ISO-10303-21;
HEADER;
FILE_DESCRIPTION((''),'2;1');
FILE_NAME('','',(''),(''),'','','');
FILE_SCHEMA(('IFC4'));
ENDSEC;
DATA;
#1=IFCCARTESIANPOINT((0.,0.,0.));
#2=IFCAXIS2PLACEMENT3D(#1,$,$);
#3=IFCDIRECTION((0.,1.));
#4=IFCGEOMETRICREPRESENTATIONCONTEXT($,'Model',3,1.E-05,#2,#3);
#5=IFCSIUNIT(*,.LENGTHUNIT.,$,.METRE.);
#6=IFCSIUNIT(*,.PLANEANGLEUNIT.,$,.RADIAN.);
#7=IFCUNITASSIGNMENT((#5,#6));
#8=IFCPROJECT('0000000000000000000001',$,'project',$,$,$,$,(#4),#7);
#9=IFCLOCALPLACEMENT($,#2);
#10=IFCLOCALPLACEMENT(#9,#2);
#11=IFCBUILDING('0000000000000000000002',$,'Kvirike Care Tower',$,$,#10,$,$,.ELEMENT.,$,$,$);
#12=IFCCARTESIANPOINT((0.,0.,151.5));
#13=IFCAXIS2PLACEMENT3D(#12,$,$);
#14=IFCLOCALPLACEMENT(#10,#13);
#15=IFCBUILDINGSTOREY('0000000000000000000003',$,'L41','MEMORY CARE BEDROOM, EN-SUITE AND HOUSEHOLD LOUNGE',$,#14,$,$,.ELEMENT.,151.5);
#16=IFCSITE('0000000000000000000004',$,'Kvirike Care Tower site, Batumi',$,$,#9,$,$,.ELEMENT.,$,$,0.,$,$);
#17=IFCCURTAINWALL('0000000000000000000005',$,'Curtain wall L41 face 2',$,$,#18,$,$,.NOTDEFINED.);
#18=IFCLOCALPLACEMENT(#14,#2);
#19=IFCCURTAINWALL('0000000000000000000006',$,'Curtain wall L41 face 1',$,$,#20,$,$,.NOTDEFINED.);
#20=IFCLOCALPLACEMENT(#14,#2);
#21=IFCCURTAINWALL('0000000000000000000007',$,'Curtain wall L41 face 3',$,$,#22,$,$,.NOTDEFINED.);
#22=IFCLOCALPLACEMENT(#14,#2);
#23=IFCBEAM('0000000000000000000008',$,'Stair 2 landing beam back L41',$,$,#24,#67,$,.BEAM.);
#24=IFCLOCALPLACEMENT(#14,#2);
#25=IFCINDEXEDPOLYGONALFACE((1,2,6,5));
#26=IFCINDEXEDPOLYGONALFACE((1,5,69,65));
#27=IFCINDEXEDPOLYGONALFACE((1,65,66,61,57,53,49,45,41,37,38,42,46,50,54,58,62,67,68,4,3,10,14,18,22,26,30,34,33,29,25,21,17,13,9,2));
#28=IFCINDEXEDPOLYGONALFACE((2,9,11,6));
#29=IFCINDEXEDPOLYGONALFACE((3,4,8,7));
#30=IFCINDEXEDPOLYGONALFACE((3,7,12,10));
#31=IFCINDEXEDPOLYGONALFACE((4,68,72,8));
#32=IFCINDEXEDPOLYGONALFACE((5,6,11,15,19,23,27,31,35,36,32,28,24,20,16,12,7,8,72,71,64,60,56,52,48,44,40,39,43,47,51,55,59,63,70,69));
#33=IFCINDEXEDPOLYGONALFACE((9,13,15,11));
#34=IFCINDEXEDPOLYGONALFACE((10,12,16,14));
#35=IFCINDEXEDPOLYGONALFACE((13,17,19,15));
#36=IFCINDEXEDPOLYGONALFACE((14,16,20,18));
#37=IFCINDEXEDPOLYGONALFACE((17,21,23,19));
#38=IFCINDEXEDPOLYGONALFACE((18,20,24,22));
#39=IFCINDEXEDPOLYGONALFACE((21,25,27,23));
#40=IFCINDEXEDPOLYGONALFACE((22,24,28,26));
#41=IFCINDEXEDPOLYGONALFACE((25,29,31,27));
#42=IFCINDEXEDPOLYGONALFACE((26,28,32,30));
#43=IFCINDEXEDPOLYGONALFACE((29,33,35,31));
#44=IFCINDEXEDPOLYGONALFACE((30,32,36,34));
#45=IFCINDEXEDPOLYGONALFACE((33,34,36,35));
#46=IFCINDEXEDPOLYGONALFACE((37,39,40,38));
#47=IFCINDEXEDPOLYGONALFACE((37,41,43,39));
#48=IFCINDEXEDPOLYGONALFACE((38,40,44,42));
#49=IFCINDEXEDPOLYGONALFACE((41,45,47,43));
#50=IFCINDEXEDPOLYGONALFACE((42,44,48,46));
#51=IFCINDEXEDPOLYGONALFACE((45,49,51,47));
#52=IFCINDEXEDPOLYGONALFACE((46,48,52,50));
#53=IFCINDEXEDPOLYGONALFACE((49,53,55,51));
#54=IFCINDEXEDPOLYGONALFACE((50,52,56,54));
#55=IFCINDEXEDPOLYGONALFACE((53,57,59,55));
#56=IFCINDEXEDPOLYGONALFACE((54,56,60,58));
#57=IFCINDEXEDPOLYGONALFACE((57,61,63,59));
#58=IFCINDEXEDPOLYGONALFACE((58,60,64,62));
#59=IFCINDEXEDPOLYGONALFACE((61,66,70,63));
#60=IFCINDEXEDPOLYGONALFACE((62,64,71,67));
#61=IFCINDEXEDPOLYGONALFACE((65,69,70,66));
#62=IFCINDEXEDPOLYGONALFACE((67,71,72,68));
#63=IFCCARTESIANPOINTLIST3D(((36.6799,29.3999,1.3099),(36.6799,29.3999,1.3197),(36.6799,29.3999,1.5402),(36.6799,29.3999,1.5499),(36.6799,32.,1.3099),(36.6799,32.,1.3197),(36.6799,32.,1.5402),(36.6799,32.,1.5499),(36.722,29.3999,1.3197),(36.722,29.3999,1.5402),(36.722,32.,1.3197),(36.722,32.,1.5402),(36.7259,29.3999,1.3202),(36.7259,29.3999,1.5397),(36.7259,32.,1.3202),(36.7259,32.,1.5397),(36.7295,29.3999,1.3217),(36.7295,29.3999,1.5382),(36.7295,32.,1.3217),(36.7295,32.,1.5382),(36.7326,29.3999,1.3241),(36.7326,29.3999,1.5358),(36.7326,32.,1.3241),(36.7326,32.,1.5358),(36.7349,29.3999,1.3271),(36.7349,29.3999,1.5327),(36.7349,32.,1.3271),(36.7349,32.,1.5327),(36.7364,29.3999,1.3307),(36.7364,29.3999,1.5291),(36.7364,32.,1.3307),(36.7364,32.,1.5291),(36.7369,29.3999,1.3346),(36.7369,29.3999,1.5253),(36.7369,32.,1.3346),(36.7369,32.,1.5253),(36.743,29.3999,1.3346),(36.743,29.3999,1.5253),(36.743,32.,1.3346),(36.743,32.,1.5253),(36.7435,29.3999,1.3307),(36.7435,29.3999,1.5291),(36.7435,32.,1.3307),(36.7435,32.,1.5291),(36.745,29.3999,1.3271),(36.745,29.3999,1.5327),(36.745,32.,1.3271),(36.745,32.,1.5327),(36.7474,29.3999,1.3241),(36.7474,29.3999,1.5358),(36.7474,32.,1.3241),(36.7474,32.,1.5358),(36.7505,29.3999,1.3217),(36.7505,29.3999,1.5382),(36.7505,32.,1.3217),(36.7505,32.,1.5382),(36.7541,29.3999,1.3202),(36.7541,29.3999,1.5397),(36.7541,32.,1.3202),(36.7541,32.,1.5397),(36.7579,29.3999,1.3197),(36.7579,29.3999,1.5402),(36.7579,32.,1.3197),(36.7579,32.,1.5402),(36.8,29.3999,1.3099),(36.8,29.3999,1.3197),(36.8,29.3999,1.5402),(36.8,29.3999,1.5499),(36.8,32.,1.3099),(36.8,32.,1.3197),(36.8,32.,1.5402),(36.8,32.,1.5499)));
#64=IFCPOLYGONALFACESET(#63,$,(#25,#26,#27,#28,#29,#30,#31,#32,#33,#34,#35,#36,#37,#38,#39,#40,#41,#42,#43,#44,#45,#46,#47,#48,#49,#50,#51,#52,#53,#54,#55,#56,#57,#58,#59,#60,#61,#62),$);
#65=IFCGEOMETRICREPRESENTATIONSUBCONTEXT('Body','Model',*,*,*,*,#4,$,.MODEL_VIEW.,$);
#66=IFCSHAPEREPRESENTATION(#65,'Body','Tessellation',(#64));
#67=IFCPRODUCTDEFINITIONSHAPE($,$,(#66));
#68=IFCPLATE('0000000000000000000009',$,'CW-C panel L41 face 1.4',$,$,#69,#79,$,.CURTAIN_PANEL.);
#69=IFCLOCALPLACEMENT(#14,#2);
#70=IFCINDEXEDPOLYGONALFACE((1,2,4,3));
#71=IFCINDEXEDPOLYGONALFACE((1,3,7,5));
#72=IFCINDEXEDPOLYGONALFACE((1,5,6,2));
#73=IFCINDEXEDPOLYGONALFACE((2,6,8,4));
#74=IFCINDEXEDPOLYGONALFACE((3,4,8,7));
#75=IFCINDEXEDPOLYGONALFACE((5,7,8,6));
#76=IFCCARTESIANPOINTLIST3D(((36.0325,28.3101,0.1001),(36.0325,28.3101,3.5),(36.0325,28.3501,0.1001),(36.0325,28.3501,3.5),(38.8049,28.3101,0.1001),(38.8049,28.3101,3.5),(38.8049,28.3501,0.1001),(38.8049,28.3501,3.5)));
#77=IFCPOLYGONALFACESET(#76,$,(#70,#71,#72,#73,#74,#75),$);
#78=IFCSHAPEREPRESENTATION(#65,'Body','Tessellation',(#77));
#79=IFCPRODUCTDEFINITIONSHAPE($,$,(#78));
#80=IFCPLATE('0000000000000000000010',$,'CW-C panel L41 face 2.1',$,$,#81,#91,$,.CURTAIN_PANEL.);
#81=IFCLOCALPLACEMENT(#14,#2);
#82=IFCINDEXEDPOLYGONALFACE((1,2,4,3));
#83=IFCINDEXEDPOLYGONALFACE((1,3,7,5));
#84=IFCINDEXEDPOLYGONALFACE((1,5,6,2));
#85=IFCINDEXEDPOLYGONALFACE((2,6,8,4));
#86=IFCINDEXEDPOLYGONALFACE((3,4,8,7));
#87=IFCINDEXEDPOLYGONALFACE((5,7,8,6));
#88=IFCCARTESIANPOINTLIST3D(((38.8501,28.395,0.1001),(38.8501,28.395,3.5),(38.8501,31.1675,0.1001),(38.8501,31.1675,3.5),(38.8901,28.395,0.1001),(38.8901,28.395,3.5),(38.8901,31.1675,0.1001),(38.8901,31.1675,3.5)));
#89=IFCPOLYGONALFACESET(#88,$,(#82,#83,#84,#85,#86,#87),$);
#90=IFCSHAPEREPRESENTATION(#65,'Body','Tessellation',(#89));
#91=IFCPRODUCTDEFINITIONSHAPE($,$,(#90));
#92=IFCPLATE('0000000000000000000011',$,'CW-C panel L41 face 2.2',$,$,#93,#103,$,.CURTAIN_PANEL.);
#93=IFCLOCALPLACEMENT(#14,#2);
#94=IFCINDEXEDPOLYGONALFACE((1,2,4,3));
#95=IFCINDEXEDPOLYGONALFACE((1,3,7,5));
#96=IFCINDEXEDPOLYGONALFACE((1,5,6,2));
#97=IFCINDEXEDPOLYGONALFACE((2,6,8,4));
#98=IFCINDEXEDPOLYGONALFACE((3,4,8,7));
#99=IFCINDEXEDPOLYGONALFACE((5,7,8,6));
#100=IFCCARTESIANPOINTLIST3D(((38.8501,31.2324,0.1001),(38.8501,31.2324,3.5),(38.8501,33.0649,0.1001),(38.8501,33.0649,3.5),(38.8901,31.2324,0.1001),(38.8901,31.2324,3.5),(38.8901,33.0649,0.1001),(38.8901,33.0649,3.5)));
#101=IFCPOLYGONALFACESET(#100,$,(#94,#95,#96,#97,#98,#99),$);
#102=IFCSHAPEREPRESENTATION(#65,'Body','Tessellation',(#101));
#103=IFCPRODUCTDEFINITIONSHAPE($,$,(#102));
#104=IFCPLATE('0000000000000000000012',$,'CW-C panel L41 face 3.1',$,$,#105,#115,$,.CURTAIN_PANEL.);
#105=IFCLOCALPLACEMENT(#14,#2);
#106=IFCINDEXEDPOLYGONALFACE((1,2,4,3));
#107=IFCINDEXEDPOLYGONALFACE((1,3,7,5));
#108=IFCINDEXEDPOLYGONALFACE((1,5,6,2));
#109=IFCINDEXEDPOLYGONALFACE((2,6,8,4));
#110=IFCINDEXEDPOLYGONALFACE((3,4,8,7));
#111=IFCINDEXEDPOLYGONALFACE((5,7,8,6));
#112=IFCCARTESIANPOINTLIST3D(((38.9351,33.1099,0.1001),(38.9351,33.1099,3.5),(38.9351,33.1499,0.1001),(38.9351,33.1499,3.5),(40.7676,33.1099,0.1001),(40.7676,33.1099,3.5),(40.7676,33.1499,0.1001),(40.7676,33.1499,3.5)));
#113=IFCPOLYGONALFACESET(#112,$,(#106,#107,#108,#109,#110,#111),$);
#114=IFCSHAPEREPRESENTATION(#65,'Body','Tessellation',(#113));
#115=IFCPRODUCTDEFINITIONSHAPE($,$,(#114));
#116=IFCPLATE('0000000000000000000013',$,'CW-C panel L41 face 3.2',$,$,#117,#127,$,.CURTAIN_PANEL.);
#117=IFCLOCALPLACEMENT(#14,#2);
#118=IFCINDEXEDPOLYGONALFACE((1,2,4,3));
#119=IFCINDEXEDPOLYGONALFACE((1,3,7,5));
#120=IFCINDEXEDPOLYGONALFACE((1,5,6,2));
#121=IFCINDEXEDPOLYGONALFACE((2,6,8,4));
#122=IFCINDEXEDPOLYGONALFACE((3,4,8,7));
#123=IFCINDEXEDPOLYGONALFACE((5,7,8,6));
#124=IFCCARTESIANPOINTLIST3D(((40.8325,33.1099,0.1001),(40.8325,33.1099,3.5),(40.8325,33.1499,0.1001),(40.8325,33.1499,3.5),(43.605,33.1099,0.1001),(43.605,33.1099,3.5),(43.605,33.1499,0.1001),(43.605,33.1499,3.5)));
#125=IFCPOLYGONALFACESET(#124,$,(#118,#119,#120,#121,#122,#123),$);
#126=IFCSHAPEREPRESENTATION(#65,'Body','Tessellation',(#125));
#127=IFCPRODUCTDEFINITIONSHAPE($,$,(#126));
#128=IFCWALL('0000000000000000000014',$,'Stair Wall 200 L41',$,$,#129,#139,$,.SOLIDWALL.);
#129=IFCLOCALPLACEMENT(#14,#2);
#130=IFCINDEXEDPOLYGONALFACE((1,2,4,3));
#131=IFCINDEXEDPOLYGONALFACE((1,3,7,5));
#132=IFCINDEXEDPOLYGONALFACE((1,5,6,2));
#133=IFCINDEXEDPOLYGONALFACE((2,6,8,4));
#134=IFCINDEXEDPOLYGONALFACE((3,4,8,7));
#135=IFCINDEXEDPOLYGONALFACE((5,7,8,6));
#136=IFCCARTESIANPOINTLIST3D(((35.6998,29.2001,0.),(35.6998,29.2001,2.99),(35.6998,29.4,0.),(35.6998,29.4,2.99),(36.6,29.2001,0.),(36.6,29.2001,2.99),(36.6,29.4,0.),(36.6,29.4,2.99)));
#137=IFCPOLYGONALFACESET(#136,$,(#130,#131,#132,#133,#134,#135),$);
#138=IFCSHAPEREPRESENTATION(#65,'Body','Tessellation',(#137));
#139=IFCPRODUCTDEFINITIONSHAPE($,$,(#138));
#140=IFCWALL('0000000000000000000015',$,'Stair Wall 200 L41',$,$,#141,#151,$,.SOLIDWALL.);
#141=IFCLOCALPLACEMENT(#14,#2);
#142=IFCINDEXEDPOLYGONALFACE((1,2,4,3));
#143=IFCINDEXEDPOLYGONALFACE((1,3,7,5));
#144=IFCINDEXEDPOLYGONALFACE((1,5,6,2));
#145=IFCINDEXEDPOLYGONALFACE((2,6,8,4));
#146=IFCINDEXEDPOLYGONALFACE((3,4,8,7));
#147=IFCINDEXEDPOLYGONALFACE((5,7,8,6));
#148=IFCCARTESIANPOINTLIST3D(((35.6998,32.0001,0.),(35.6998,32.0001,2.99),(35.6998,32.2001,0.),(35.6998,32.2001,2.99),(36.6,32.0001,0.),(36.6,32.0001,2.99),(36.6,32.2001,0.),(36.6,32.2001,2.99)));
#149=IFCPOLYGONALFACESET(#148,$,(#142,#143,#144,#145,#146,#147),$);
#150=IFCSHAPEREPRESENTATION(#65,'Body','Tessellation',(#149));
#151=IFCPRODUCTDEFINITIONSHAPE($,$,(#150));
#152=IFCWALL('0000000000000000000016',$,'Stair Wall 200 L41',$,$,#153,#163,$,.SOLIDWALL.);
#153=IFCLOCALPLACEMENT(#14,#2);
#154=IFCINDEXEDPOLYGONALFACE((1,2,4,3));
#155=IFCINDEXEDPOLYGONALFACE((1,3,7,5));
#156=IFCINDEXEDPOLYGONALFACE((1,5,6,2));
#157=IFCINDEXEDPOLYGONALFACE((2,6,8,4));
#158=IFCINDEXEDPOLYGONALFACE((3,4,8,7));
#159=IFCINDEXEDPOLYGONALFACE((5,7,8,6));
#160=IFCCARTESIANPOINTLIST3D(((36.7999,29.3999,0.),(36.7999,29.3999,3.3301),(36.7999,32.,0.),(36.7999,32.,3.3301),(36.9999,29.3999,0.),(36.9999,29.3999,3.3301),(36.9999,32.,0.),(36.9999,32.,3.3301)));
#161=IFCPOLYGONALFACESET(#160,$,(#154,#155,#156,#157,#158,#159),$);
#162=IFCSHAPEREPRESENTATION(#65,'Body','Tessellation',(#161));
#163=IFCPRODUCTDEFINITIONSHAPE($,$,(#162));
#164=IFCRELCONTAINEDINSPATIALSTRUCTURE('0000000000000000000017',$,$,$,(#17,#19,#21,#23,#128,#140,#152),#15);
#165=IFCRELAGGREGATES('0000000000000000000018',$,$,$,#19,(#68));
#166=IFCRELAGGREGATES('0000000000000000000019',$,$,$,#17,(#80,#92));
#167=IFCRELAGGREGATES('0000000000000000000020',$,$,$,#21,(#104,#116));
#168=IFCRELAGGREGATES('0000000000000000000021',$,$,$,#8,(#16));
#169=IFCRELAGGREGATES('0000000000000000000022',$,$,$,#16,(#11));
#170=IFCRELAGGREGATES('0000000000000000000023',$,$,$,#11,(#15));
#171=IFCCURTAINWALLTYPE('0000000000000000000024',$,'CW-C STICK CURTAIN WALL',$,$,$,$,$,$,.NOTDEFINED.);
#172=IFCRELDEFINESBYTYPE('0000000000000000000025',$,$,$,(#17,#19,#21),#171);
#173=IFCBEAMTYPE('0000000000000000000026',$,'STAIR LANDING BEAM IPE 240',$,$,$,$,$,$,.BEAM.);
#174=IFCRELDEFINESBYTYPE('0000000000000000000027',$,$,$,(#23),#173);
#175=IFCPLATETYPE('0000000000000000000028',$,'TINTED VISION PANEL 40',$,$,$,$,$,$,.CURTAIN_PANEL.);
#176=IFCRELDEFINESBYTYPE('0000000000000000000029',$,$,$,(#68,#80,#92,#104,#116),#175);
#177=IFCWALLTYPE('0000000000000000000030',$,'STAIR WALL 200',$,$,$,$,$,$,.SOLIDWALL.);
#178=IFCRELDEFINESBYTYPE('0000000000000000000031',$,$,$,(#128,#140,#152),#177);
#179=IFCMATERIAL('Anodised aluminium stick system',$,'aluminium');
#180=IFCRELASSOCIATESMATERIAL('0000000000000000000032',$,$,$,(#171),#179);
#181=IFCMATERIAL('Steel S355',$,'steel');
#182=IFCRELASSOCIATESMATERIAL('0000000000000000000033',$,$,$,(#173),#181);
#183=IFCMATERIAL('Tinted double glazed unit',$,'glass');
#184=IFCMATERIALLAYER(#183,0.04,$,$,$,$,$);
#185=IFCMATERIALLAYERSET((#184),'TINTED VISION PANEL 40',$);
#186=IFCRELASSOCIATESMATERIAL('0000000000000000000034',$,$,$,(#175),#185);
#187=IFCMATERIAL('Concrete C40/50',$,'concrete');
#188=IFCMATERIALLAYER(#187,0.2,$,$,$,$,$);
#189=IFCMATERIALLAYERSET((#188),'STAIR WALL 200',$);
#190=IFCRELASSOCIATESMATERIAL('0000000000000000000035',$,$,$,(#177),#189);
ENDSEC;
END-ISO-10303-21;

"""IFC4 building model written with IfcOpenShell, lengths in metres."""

from ifc_helpers import new_model, si_unit, direction, frame, frame_2d, origin, origin_2d, place, context, subcontext, project, spatial, rectangle, i_section, extrude, material, layer, layer_set, material_profile, profile_set, type_object, element, aggregate, save


model = new_model("IFC4")

# Units and contexts
model_context = context("Model", 3, precision=1e-05, world=origin(), true_north=direction((0.0, 1.0)))
body_context = subcontext(model_context, "Body", "Model", "MODEL_VIEW")
ifc_project = project(units=[si_unit("LENGTHUNIT", "METRE"), si_unit("PLANEANGLEUNIT", "RADIAN")], contexts=[model_context])

# Site, building, storey
site_placement = place(None, origin())
site = spatial("IfcSite", under=ifc_project, at=site_placement, Name="Kvirike Care Tower site, Batumi", CompositionType="ELEMENT", RefElevation=0.0)
building_placement = place(site_placement, origin())
building = spatial("IfcBuilding", under=site, at=building_placement, Name="Kvirike Care Tower", CompositionType="ELEMENT")
storey_placement = place(building_placement, frame((0.0, 0.0, 151.5)))
storey = spatial("IfcBuildingStorey", under=building, at=storey_placement, Name="L41", Description="MEMORY CARE BEDROOM, EN-SUITE AND HOUSEHOLD LOUNGE", CompositionType="ELEMENT", Elevation=151.5)

# Curtain wall
ifc_material_1 = material(Name="Anodised aluminium stick system", Category="aluminium")
curtain_wall_type = type_object("IfcCurtainWallType", Name="CW-C STICK CURTAIN WALL", PredefinedType="NOTDEFINED", material=ifc_material_1)
curtain_wall_1_placement = place(storey_placement, origin())
curtain_wall_1 = element("IfcCurtainWall", 1, at=curtain_wall_1_placement, inside=storey, type_object=curtain_wall_type, Name="Curtain wall L41 face 2", PredefinedType="NOTDEFINED")

# Curtain wall
curtain_wall_2_placement = place(storey_placement, origin())
curtain_wall_2 = element("IfcCurtainWall", 2, at=curtain_wall_2_placement, inside=storey, type_object=curtain_wall_type, Name="Curtain wall L41 face 1", PredefinedType="NOTDEFINED")

# Curtain wall
curtain_wall_3_placement = place(storey_placement, origin())
curtain_wall_3 = element("IfcCurtainWall", 3, at=curtain_wall_3_placement, inside=storey, type_object=curtain_wall_type, Name="Curtain wall L41 face 3", PredefinedType="NOTDEFINED")

# Beam
ifc_material_2 = material(Name="Steel S355", Category="steel")
ifc_material_profile_1 = material_profile(ifc_material_2, i_section(OverallWidth=0.1201, OverallDepth=0.24, WebThickness=0.0061, FlangeThickness=0.0098, FilletRadius=0.0149, at=origin_2d()), Name="IPE 240")
ifc_profile_set_1 = profile_set([ifc_material_profile_1], Name="Steel S355")
beam_type_1 = type_object("IfcBeamType", Name="STAIR LANDING BEAM IPE 240", PredefinedType="BEAM", material=ifc_profile_set_1)
beam_1_placement = place(storey_placement, frame((36.74, 29.3999, 1.4299), z_axis=(0.0, 1.0, 0.0), x_axis=(-1.0, 0.0, 0.0)))
element("IfcBeam", 4, at=beam_1_placement, inside=storey, type_object=beam_type_1, Name="Stair 2 landing beam back L41", PredefinedType="BEAM", context=body_context, shape_type="SweptSolid", body=[
    extrude(i_section(OverallWidth=0.1201, OverallDepth=0.24, WebThickness=0.0061, FlangeThickness=0.0098, FilletRadius=0.0149, at=origin_2d()), origin(), (0.0, 0.0, 1.0), 2.6001),
])

# Plates
ifc_material_3 = material(Name="Tinted double glazed unit", Category="glass")
ifc_layer_1 = layer(ifc_material_3, 0.04)
ifc_layer_set_1 = layer_set([ifc_layer_1], Name="TINTED VISION PANEL 40")
plate_type = type_object("IfcPlateType", Name="TINTED VISION PANEL 40", PredefinedType="CURTAIN_PANEL", material=ifc_layer_set_1)
plate_1_placement = place(storey_placement, frame((37.4187, 28.3301, 0.1001), z_axis=(0.0, 0.0, 1.0), x_axis=(1.0, 0.0, 0.0)))
plate_1 = element("IfcPlate", 5, at=plate_1_placement, type_object=plate_type, Name="CW-C panel L41 face 1.4", PredefinedType="CURTAIN_PANEL", context=body_context, shape_type="SweptSolid", body=[
    extrude(rectangle(XDim=2.7725, YDim=0.04, at=origin_2d()), origin(), (0.0, 0.0, 1.0), 3.3999),
])
aggregate(curtain_wall_2, [plate_1])
plate_2_placement = place(storey_placement, frame((38.8701, 29.7812, 0.1001), z_axis=(0.0, 0.0, 1.0), x_axis=(0.0, 1.0, 0.0)))
plate_2 = element("IfcPlate", 6, at=plate_2_placement, type_object=plate_type, Name="CW-C panel L41 face 2.1", PredefinedType="CURTAIN_PANEL", context=body_context, shape_type="SweptSolid", body=[
    extrude(rectangle(XDim=2.7725, YDim=0.04, at=origin_2d()), origin(), (0.0, 0.0, 1.0), 3.3999),
])
plate_3_placement = place(storey_placement, frame((38.8701, 32.1487, 0.1001), z_axis=(0.0, 0.0, 1.0), x_axis=(0.0, 1.0, 0.0)))
plate_3 = element("IfcPlate", 7, at=plate_3_placement, type_object=plate_type, Name="CW-C panel L41 face 2.2", PredefinedType="CURTAIN_PANEL", context=body_context, shape_type="SweptSolid", body=[
    extrude(rectangle(XDim=1.8325, YDim=0.04, at=origin_2d()), origin(), (0.0, 0.0, 1.0), 3.3999),
])
aggregate(curtain_wall_1, [plate_2, plate_3])
plate_4_placement = place(storey_placement, frame((39.8513, 33.1299, 0.1001), z_axis=(0.0, 0.0, 1.0), x_axis=(1.0, 0.0, 0.0)))
plate_4 = element("IfcPlate", 8, at=plate_4_placement, type_object=plate_type, Name="CW-C panel L41 face 3.1", PredefinedType="CURTAIN_PANEL", context=body_context, shape_type="SweptSolid", body=[
    extrude(rectangle(XDim=1.8325, YDim=0.04, at=origin_2d()), origin(), (0.0, 0.0, 1.0), 3.3999),
])
plate_5_placement = place(storey_placement, frame((42.2188, 33.1299, 0.1001), z_axis=(0.0, 0.0, 1.0), x_axis=(1.0, 0.0, 0.0)))
plate_5 = element("IfcPlate", 9, at=plate_5_placement, type_object=plate_type, Name="CW-C panel L41 face 3.2", PredefinedType="CURTAIN_PANEL", context=body_context, shape_type="SweptSolid", body=[
    extrude(rectangle(XDim=2.7725, YDim=0.04, at=origin_2d()), origin(), (0.0, 0.0, 1.0), 3.3999),
])
aggregate(curtain_wall_3, [plate_4, plate_5])

# Walls
ifc_material_4 = material(Name="Concrete C40/50", Category="concrete")
ifc_layer_2 = layer(ifc_material_4, 0.2)
ifc_layer_set_2 = layer_set([ifc_layer_2], Name="STAIR WALL 200")
wall_type = type_object("IfcWallType", Name="STAIR WALL 200", PredefinedType="SOLIDWALL", material=ifc_layer_set_2)
for number, where, z_axis, x_axis, name in (
    (10, (36.6001, 29.3, 0.0), (0.0, 0.0, 1.0), (-1.0, 0.0, 0.0), "Stair Wall 200 L41"),
    (11, (36.6001, 32.1001, 0.0), (0.0, 0.0, 1.0), (-1.0, 0.0, 0.0), "Stair Wall 200 L41"),
):
    element("IfcWall", number, at=place(storey_placement, frame(where, z_axis=z_axis, x_axis=x_axis)), inside=storey, type_object=wall_type, Name=name, PredefinedType="SOLIDWALL", context=body_context, shape_type="SweptSolid", body=[
        extrude(rectangle(XDim=0.9001, YDim=0.2, at=frame_2d((0.4502, 0.0))), origin(), (0.0, 0.0, 1.0), 2.99),
    ])
wall_placement = place(storey_placement, frame((36.8999, 29.3999, 0.0), z_axis=(0.0, 0.0, 1.0), x_axis=(0.0, 1.0, 0.0)))
element("IfcWall", 12, at=wall_placement, inside=storey, type_object=wall_type, Name="Stair Wall 200 L41", PredefinedType="SOLIDWALL", context=body_context, shape_type="SweptSolid", body=[
    extrude(rectangle(XDim=2.6001, YDim=0.2, at=frame_2d((1.3, 0.0))), origin(), (0.0, 0.0, 1.0), 3.3301),
])

save(model, "model.ifc")
